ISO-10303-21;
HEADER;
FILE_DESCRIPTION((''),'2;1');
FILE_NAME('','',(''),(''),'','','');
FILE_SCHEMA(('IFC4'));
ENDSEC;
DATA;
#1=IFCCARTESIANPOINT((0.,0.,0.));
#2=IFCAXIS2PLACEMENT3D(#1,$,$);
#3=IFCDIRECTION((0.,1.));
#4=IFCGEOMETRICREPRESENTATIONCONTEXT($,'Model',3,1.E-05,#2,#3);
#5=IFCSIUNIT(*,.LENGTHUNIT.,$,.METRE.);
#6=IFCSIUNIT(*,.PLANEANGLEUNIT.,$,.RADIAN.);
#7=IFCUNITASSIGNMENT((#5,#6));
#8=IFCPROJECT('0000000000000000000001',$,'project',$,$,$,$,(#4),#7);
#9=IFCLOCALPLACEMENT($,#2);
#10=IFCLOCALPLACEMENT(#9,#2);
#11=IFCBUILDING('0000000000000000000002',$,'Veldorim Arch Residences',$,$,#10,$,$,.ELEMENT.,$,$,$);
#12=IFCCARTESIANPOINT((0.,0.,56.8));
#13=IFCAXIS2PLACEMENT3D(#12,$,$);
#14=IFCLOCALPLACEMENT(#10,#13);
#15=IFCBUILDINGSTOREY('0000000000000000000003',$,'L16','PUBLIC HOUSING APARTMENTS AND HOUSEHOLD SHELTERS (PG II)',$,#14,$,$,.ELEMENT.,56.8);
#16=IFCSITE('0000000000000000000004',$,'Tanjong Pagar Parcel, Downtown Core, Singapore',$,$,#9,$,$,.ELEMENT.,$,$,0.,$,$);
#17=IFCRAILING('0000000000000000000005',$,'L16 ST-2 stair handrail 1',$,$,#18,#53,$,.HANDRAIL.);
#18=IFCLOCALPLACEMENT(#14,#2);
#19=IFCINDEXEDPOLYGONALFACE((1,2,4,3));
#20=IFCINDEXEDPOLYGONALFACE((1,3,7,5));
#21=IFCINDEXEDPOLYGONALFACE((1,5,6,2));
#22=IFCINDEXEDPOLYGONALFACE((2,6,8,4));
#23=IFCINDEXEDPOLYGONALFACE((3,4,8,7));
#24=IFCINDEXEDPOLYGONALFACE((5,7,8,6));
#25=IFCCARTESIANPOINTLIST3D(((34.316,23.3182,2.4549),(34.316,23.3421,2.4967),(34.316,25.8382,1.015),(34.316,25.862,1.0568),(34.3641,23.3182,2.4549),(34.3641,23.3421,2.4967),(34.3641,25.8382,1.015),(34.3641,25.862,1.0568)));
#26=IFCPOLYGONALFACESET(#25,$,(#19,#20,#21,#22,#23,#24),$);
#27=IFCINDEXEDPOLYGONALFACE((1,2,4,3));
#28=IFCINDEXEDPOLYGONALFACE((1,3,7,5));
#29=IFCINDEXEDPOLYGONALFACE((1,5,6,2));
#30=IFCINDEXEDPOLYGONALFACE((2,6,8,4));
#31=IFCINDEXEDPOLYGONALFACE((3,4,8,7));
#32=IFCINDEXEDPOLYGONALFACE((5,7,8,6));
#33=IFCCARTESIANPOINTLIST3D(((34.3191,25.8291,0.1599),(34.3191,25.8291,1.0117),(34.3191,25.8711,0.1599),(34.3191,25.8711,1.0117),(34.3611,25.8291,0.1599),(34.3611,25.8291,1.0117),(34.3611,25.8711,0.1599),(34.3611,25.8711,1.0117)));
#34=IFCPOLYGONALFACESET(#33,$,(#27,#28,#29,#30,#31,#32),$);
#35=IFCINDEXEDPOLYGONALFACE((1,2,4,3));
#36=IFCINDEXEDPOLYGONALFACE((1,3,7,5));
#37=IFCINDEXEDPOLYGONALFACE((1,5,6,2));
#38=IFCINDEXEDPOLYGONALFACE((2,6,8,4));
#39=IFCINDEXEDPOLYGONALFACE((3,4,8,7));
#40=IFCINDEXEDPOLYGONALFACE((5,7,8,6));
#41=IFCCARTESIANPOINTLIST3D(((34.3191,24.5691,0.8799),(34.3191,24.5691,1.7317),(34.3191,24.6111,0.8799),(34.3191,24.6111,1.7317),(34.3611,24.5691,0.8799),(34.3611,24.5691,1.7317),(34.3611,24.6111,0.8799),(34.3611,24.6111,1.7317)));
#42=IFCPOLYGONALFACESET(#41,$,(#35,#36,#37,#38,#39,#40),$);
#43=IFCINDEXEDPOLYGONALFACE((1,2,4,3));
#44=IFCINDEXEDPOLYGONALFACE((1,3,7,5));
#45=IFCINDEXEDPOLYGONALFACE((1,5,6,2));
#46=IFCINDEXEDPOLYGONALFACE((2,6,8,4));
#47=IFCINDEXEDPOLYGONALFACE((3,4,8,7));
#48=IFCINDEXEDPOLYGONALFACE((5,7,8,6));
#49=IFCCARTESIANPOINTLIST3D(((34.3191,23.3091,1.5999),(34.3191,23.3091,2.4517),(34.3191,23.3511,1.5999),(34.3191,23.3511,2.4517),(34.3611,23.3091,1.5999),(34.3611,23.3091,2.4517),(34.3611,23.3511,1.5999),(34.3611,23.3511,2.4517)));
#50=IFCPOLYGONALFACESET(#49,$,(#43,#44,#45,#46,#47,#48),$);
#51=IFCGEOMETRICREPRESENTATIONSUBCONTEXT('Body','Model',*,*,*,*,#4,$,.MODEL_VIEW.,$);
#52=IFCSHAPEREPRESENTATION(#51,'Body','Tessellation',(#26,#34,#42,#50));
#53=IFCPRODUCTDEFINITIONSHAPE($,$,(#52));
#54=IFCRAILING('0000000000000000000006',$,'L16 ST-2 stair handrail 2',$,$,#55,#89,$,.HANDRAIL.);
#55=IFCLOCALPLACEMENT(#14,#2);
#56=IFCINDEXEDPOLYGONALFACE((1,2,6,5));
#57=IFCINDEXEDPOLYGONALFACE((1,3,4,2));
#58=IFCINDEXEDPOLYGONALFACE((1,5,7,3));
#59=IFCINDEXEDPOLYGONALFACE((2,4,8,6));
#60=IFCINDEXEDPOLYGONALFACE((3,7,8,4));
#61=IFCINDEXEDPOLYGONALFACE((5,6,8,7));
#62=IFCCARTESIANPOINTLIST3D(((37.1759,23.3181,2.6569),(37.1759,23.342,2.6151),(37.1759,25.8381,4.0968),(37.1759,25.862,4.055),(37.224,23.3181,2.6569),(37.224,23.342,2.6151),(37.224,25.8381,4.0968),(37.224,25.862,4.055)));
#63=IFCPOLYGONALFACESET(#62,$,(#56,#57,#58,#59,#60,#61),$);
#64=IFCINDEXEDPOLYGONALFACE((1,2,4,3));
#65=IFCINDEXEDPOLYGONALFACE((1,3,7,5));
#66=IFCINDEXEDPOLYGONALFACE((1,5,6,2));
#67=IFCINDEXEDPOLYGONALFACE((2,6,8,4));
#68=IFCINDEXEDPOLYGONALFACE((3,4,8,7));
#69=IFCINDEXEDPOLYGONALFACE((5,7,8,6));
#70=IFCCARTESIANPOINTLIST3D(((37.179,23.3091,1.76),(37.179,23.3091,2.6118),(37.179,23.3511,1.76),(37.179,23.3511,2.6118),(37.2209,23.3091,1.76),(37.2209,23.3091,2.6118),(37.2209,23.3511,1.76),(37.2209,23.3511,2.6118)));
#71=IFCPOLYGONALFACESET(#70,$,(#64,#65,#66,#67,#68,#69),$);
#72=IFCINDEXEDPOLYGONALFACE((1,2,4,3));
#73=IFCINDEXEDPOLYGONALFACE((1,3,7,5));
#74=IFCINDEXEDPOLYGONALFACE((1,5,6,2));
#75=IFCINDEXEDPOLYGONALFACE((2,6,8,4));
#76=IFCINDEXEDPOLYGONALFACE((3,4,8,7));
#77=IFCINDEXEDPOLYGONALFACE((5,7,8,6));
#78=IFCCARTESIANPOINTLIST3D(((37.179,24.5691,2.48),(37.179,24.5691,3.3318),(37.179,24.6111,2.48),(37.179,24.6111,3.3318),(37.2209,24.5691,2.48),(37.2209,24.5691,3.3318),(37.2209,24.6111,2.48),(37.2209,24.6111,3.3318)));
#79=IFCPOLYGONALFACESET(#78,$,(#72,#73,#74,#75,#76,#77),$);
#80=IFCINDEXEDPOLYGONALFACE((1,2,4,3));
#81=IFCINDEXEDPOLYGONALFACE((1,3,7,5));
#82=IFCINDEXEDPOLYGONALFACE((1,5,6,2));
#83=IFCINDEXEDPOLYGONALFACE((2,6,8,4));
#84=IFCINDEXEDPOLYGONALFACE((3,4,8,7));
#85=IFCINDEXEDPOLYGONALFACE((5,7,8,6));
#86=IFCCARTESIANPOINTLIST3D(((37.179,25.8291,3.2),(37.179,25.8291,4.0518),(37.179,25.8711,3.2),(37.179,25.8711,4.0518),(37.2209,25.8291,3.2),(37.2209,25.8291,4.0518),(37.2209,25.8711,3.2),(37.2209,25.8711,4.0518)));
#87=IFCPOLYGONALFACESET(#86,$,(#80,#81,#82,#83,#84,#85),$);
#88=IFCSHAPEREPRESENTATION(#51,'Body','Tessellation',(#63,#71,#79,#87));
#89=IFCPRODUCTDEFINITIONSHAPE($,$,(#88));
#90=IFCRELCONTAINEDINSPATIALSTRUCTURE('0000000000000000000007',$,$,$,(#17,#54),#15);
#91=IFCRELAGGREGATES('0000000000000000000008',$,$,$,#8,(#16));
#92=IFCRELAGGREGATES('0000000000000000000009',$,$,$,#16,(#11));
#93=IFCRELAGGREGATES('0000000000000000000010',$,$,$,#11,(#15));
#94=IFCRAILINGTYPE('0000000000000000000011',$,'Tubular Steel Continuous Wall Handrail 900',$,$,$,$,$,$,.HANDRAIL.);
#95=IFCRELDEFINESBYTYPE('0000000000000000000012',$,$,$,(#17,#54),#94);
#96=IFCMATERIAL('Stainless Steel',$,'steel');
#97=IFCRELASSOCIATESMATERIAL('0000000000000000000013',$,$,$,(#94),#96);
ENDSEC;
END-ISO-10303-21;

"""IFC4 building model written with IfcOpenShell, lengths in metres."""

from ifc_helpers import new_model, si_unit, direction, frame, origin, origin_2d, place, context, subcontext, project, spatial, rectangle, extrude, material, type_object, element, save


model = new_model("IFC4")

# Units and contexts
model_context = context("Model", 3, precision=1e-05, world=origin(), true_north=direction((0.0, 1.0)))
body_context = subcontext(model_context, "Body", "Model", "MODEL_VIEW")
ifc_project = project(units=[si_unit("LENGTHUNIT", "METRE"), si_unit("PLANEANGLEUNIT", "RADIAN")], contexts=[model_context])

# Site, building, storey
site_placement = place(None, origin())
site = spatial("IfcSite", under=ifc_project, at=site_placement, Name="Tanjong Pagar Parcel, Downtown Core, Singapore", CompositionType="ELEMENT", RefElevation=0.0)
building_placement = place(site_placement, origin())
building = spatial("IfcBuilding", under=site, at=building_placement, Name="Veldorim Arch Residences", CompositionType="ELEMENT")
storey_placement = place(building_placement, frame((0.0, 0.0, 56.8)))
storey = spatial("IfcBuildingStorey", under=building, at=storey_placement, Name="L16", Description="PUBLIC HOUSING APARTMENTS AND HOUSEHOLD SHELTERS (PG II)", CompositionType="ELEMENT", Elevation=56.8)

# Railings
ifc_material_1 = material(Name="Stainless Steel", Category="steel")
railing_type_1 = type_object("IfcRailingType", Name="Tubular Steel Continuous Wall Handrail 900", PredefinedType="HANDRAIL", material=ifc_material_1)
railing_1_placement = place(storey_placement, frame((34.3401, 25.8501, 0.1599)))
element("IfcRailing", 1, at=railing_1_placement, inside=storey, type_object=railing_type_1, Name="L16 ST-2 stair handrail 1", PredefinedType="HANDRAIL", context=body_context, shape_type="SweptSolid", body=[
    extrude(rectangle(XDim=0.0481, YDim=0.0481, at=origin_2d()), frame((0.0, 0.0, 0.876), z_axis=(0.0, -0.868253, 0.496121), x_axis=(1.0, 0.0, 0.0)), (0.0, 0.0, 1.0), 2.9023),
    extrude(rectangle(XDim=0.042, YDim=0.042, at=origin_2d()), origin(), (0.0, 0.0, 1.0), 0.8518),
    extrude(rectangle(XDim=0.042, YDim=0.042, at=origin_2d()), frame((0.0, -1.26, 0.72)), (0.0, 0.0, 1.0), 0.8518),
    extrude(rectangle(XDim=0.042, YDim=0.042, at=origin_2d()), frame((0.0, -2.52, 1.4399)), (0.0, 0.0, 1.0), 0.8518),
])
railing_2_placement = place(storey_placement, frame((37.2, 23.3301, 1.76)))
element("IfcRailing", 2, at=railing_2_placement, inside=storey, type_object=railing_type_1, Name="L16 ST-2 stair handrail 2", PredefinedType="HANDRAIL", context=body_context, shape_type="SweptSolid", body=[
    extrude(rectangle(XDim=0.0481, YDim=0.0481, at=origin_2d()), frame((0.0, 0.0, 0.876), z_axis=(0.0, 0.868253, 0.496121), x_axis=(-1.0, 0.0, 0.0)), (0.0, 0.0, 1.0), 2.9023),
    extrude(rectangle(XDim=0.042, YDim=0.042, at=origin_2d()), origin(), (0.0, 0.0, 1.0), 0.8518),
    extrude(rectangle(XDim=0.042, YDim=0.042, at=origin_2d()), frame((0.0, 1.26, 0.72)), (0.0, 0.0, 1.0), 0.8518),
    extrude(rectangle(XDim=0.042, YDim=0.042, at=origin_2d()), frame((0.0, 2.52, 1.4399)), (0.0, 0.0, 1.0), 0.8518),
])

save(model, "model.ifc")
